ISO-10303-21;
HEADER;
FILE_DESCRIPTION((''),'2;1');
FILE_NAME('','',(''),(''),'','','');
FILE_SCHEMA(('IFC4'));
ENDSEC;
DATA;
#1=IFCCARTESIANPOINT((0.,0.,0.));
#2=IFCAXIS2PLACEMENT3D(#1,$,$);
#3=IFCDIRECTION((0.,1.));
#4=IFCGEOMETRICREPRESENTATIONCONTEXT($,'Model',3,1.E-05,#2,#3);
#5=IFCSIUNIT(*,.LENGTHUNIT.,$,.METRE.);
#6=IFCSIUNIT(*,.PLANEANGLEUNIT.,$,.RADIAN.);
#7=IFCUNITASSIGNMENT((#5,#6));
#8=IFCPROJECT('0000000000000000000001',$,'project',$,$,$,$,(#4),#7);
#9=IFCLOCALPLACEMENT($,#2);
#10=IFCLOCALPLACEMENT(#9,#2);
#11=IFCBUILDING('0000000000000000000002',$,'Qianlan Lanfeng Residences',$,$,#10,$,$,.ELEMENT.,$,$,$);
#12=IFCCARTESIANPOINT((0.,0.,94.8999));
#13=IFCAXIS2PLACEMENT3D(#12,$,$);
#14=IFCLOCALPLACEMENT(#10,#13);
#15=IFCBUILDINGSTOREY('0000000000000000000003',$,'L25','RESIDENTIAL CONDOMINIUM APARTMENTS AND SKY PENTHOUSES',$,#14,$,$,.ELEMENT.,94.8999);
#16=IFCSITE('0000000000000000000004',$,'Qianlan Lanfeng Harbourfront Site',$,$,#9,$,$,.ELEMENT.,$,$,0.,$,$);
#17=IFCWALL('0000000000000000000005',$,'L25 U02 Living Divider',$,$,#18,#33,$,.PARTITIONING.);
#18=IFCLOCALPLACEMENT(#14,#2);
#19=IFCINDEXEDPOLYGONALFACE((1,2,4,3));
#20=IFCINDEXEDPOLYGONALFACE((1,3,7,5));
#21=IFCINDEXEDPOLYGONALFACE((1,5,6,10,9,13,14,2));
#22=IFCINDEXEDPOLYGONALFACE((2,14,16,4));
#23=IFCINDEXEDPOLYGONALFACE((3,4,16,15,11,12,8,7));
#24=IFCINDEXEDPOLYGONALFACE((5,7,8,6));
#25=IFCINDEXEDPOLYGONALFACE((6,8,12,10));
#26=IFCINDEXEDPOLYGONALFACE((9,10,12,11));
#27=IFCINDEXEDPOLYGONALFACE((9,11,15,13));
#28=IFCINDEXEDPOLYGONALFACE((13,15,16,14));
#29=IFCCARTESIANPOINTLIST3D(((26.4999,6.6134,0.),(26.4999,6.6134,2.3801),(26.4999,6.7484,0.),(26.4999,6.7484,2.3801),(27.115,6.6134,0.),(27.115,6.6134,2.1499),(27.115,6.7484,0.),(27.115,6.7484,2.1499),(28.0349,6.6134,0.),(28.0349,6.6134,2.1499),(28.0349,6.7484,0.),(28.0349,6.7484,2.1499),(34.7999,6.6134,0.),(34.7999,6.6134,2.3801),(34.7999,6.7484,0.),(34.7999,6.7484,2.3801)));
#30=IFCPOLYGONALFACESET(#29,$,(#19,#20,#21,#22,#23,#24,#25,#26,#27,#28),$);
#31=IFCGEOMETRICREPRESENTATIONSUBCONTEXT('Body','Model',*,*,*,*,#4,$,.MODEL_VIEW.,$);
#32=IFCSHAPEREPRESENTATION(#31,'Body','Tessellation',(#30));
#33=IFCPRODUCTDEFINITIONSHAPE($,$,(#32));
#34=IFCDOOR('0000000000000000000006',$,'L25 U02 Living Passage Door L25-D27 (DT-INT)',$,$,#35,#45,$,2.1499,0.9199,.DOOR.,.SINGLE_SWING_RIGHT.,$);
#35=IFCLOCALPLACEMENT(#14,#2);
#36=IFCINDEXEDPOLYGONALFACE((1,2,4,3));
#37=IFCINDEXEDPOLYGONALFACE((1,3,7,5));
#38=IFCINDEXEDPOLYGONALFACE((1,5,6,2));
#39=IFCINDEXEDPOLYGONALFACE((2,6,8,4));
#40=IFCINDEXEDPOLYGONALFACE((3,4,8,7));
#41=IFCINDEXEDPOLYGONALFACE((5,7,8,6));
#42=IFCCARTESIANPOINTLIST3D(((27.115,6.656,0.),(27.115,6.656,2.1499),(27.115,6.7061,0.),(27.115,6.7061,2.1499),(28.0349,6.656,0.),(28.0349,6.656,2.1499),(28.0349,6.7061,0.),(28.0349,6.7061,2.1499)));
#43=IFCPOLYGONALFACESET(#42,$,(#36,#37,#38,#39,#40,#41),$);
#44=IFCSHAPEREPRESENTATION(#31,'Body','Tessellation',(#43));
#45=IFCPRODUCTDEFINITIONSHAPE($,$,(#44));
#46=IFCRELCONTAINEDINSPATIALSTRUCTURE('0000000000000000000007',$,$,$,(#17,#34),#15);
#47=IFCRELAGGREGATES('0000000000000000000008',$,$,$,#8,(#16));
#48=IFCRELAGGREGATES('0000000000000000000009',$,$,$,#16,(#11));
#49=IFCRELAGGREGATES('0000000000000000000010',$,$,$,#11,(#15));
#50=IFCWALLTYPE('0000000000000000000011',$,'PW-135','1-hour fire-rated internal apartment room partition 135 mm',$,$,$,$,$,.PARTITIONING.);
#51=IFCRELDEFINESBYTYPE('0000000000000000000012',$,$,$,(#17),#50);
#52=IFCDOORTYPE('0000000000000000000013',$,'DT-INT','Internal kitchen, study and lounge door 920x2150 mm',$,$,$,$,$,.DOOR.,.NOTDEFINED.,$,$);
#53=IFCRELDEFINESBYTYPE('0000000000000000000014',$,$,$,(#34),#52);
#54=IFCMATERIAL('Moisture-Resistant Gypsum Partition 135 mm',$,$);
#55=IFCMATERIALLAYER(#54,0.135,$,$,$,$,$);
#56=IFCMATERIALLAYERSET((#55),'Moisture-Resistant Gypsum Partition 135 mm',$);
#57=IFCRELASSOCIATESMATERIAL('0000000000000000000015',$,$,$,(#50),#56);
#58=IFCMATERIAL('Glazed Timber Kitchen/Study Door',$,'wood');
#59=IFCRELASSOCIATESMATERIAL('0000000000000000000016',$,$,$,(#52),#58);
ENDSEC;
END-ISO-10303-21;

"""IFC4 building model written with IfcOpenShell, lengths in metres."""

from ifc_helpers import new_model, si_unit, direction, frame, frame_2d, origin, place, context, subcontext, project, spatial, rectangle, extrude, material, layer, layer_set, type_object, element, fill, save


model = new_model("IFC4")

# Units and contexts
model_context = context("Model", 3, precision=1e-05, world=origin(), true_north=direction((0.0, 1.0)))
body_context = subcontext(model_context, "Body", "Model", "MODEL_VIEW")
ifc_project = project(units=[si_unit("LENGTHUNIT", "METRE"), si_unit("PLANEANGLEUNIT", "RADIAN")], contexts=[model_context])

# Site, building, storey
site_placement = place(None, origin())
site = spatial("IfcSite", under=ifc_project, at=site_placement, Name="Qianlan Lanfeng Harbourfront Site", CompositionType="ELEMENT", RefElevation=0.0)
building_placement = place(site_placement, origin())
building = spatial("IfcBuilding", under=site, at=building_placement, Name="Qianlan Lanfeng Residences", CompositionType="ELEMENT")
storey_placement = place(building_placement, frame((0.0, 0.0, 94.8999)))
storey = spatial("IfcBuildingStorey", under=building, at=storey_placement, Name="L25", Description="RESIDENTIAL CONDOMINIUM APARTMENTS AND SKY PENTHOUSES", CompositionType="ELEMENT", Elevation=94.8999)

# Shared definitions
ifc_material_1 = material(Name="Moisture-Resistant Gypsum Partition 135 mm")
ifc_layer_1 = layer(ifc_material_1, 0.135)
ifc_layer_set_1 = layer_set([ifc_layer_1], Name="Moisture-Resistant Gypsum Partition 135 mm")
wall_type = type_object("IfcWallType", Name="PW-135", Description="1-hour fire-rated internal apartment room partition 135 mm", PredefinedType="PARTITIONING", material=ifc_layer_set_1)
ifc_material_2 = material(Name="Glazed Timber Kitchen/Study Door", Category="wood")
door_type_1 = type_object("IfcDoorType", Name="DT-INT", Description="Internal kitchen, study and lounge door 920x2150 mm", OperationType="NOTDEFINED", PredefinedType="DOOR", material=ifc_material_2)

# Wall, opening, door
wall_1_placement = place(storey_placement, frame((26.5, 6.6809, 0.0), z_axis=(0.0, 0.0, 1.0), x_axis=(1.0, 0.0, 0.0)))
wall_1 = element("IfcWall", 1, at=wall_1_placement, inside=storey, type_object=wall_type, Name="L25 U02 Living Divider", PredefinedType="PARTITIONING", context=body_context, shape_type="SweptSolid", body=[
    extrude(rectangle(XDim=8.3, YDim=0.135, at=frame_2d((4.1499, 0.0))), origin(), (0.0, 0.0, 1.0), 2.3801),
])
opening_1_placement = place(wall_1_placement, frame((0.615, 0.0, 0.0)))
opening_1 = element("IfcOpeningElement", 2, at=opening_1_placement, cuts=wall_1, PredefinedType="OPENING", context=body_context, shape_type="SweptSolid", body=[
    extrude(rectangle(XDim=0.9199, YDim=2.1499, at=frame_2d((0.46, 1.075))), frame((0.0, 0.0776, 0.0), z_axis=(0.0, -1.0, 0.0), x_axis=(1.0, 0.0, 0.0)), (0.0, 0.0, 1.0), 0.155),
])
door_1_placement = place(opening_1_placement, frame((0.9199, 0.0, 0.0), z_axis=(0.0, 0.0, 1.0), x_axis=(-1.0, 0.0, 0.0)))
door_1 = element("IfcDoor", 3, at=door_1_placement, inside=storey, type_object=door_type_1, Name="L25 U02 Living Passage Door L25-D27 (DT-INT)", OperationType="SINGLE_SWING_RIGHT", OverallHeight=2.1499, OverallWidth=0.9199, PredefinedType="DOOR", context=body_context, shape_type="SweptSolid", body=[
    extrude(rectangle(XDim=0.9199, YDim=2.1499, at=frame_2d((0.46, 1.075))), frame((0.0, 0.0249, 0.0), z_axis=(0.0, -1.0, 0.0), x_axis=(1.0, 0.0, 0.0)), (0.0, 0.0, 1.0), 0.05),
])
fill(opening_1, door_1)

save(model, "model.ifc")
